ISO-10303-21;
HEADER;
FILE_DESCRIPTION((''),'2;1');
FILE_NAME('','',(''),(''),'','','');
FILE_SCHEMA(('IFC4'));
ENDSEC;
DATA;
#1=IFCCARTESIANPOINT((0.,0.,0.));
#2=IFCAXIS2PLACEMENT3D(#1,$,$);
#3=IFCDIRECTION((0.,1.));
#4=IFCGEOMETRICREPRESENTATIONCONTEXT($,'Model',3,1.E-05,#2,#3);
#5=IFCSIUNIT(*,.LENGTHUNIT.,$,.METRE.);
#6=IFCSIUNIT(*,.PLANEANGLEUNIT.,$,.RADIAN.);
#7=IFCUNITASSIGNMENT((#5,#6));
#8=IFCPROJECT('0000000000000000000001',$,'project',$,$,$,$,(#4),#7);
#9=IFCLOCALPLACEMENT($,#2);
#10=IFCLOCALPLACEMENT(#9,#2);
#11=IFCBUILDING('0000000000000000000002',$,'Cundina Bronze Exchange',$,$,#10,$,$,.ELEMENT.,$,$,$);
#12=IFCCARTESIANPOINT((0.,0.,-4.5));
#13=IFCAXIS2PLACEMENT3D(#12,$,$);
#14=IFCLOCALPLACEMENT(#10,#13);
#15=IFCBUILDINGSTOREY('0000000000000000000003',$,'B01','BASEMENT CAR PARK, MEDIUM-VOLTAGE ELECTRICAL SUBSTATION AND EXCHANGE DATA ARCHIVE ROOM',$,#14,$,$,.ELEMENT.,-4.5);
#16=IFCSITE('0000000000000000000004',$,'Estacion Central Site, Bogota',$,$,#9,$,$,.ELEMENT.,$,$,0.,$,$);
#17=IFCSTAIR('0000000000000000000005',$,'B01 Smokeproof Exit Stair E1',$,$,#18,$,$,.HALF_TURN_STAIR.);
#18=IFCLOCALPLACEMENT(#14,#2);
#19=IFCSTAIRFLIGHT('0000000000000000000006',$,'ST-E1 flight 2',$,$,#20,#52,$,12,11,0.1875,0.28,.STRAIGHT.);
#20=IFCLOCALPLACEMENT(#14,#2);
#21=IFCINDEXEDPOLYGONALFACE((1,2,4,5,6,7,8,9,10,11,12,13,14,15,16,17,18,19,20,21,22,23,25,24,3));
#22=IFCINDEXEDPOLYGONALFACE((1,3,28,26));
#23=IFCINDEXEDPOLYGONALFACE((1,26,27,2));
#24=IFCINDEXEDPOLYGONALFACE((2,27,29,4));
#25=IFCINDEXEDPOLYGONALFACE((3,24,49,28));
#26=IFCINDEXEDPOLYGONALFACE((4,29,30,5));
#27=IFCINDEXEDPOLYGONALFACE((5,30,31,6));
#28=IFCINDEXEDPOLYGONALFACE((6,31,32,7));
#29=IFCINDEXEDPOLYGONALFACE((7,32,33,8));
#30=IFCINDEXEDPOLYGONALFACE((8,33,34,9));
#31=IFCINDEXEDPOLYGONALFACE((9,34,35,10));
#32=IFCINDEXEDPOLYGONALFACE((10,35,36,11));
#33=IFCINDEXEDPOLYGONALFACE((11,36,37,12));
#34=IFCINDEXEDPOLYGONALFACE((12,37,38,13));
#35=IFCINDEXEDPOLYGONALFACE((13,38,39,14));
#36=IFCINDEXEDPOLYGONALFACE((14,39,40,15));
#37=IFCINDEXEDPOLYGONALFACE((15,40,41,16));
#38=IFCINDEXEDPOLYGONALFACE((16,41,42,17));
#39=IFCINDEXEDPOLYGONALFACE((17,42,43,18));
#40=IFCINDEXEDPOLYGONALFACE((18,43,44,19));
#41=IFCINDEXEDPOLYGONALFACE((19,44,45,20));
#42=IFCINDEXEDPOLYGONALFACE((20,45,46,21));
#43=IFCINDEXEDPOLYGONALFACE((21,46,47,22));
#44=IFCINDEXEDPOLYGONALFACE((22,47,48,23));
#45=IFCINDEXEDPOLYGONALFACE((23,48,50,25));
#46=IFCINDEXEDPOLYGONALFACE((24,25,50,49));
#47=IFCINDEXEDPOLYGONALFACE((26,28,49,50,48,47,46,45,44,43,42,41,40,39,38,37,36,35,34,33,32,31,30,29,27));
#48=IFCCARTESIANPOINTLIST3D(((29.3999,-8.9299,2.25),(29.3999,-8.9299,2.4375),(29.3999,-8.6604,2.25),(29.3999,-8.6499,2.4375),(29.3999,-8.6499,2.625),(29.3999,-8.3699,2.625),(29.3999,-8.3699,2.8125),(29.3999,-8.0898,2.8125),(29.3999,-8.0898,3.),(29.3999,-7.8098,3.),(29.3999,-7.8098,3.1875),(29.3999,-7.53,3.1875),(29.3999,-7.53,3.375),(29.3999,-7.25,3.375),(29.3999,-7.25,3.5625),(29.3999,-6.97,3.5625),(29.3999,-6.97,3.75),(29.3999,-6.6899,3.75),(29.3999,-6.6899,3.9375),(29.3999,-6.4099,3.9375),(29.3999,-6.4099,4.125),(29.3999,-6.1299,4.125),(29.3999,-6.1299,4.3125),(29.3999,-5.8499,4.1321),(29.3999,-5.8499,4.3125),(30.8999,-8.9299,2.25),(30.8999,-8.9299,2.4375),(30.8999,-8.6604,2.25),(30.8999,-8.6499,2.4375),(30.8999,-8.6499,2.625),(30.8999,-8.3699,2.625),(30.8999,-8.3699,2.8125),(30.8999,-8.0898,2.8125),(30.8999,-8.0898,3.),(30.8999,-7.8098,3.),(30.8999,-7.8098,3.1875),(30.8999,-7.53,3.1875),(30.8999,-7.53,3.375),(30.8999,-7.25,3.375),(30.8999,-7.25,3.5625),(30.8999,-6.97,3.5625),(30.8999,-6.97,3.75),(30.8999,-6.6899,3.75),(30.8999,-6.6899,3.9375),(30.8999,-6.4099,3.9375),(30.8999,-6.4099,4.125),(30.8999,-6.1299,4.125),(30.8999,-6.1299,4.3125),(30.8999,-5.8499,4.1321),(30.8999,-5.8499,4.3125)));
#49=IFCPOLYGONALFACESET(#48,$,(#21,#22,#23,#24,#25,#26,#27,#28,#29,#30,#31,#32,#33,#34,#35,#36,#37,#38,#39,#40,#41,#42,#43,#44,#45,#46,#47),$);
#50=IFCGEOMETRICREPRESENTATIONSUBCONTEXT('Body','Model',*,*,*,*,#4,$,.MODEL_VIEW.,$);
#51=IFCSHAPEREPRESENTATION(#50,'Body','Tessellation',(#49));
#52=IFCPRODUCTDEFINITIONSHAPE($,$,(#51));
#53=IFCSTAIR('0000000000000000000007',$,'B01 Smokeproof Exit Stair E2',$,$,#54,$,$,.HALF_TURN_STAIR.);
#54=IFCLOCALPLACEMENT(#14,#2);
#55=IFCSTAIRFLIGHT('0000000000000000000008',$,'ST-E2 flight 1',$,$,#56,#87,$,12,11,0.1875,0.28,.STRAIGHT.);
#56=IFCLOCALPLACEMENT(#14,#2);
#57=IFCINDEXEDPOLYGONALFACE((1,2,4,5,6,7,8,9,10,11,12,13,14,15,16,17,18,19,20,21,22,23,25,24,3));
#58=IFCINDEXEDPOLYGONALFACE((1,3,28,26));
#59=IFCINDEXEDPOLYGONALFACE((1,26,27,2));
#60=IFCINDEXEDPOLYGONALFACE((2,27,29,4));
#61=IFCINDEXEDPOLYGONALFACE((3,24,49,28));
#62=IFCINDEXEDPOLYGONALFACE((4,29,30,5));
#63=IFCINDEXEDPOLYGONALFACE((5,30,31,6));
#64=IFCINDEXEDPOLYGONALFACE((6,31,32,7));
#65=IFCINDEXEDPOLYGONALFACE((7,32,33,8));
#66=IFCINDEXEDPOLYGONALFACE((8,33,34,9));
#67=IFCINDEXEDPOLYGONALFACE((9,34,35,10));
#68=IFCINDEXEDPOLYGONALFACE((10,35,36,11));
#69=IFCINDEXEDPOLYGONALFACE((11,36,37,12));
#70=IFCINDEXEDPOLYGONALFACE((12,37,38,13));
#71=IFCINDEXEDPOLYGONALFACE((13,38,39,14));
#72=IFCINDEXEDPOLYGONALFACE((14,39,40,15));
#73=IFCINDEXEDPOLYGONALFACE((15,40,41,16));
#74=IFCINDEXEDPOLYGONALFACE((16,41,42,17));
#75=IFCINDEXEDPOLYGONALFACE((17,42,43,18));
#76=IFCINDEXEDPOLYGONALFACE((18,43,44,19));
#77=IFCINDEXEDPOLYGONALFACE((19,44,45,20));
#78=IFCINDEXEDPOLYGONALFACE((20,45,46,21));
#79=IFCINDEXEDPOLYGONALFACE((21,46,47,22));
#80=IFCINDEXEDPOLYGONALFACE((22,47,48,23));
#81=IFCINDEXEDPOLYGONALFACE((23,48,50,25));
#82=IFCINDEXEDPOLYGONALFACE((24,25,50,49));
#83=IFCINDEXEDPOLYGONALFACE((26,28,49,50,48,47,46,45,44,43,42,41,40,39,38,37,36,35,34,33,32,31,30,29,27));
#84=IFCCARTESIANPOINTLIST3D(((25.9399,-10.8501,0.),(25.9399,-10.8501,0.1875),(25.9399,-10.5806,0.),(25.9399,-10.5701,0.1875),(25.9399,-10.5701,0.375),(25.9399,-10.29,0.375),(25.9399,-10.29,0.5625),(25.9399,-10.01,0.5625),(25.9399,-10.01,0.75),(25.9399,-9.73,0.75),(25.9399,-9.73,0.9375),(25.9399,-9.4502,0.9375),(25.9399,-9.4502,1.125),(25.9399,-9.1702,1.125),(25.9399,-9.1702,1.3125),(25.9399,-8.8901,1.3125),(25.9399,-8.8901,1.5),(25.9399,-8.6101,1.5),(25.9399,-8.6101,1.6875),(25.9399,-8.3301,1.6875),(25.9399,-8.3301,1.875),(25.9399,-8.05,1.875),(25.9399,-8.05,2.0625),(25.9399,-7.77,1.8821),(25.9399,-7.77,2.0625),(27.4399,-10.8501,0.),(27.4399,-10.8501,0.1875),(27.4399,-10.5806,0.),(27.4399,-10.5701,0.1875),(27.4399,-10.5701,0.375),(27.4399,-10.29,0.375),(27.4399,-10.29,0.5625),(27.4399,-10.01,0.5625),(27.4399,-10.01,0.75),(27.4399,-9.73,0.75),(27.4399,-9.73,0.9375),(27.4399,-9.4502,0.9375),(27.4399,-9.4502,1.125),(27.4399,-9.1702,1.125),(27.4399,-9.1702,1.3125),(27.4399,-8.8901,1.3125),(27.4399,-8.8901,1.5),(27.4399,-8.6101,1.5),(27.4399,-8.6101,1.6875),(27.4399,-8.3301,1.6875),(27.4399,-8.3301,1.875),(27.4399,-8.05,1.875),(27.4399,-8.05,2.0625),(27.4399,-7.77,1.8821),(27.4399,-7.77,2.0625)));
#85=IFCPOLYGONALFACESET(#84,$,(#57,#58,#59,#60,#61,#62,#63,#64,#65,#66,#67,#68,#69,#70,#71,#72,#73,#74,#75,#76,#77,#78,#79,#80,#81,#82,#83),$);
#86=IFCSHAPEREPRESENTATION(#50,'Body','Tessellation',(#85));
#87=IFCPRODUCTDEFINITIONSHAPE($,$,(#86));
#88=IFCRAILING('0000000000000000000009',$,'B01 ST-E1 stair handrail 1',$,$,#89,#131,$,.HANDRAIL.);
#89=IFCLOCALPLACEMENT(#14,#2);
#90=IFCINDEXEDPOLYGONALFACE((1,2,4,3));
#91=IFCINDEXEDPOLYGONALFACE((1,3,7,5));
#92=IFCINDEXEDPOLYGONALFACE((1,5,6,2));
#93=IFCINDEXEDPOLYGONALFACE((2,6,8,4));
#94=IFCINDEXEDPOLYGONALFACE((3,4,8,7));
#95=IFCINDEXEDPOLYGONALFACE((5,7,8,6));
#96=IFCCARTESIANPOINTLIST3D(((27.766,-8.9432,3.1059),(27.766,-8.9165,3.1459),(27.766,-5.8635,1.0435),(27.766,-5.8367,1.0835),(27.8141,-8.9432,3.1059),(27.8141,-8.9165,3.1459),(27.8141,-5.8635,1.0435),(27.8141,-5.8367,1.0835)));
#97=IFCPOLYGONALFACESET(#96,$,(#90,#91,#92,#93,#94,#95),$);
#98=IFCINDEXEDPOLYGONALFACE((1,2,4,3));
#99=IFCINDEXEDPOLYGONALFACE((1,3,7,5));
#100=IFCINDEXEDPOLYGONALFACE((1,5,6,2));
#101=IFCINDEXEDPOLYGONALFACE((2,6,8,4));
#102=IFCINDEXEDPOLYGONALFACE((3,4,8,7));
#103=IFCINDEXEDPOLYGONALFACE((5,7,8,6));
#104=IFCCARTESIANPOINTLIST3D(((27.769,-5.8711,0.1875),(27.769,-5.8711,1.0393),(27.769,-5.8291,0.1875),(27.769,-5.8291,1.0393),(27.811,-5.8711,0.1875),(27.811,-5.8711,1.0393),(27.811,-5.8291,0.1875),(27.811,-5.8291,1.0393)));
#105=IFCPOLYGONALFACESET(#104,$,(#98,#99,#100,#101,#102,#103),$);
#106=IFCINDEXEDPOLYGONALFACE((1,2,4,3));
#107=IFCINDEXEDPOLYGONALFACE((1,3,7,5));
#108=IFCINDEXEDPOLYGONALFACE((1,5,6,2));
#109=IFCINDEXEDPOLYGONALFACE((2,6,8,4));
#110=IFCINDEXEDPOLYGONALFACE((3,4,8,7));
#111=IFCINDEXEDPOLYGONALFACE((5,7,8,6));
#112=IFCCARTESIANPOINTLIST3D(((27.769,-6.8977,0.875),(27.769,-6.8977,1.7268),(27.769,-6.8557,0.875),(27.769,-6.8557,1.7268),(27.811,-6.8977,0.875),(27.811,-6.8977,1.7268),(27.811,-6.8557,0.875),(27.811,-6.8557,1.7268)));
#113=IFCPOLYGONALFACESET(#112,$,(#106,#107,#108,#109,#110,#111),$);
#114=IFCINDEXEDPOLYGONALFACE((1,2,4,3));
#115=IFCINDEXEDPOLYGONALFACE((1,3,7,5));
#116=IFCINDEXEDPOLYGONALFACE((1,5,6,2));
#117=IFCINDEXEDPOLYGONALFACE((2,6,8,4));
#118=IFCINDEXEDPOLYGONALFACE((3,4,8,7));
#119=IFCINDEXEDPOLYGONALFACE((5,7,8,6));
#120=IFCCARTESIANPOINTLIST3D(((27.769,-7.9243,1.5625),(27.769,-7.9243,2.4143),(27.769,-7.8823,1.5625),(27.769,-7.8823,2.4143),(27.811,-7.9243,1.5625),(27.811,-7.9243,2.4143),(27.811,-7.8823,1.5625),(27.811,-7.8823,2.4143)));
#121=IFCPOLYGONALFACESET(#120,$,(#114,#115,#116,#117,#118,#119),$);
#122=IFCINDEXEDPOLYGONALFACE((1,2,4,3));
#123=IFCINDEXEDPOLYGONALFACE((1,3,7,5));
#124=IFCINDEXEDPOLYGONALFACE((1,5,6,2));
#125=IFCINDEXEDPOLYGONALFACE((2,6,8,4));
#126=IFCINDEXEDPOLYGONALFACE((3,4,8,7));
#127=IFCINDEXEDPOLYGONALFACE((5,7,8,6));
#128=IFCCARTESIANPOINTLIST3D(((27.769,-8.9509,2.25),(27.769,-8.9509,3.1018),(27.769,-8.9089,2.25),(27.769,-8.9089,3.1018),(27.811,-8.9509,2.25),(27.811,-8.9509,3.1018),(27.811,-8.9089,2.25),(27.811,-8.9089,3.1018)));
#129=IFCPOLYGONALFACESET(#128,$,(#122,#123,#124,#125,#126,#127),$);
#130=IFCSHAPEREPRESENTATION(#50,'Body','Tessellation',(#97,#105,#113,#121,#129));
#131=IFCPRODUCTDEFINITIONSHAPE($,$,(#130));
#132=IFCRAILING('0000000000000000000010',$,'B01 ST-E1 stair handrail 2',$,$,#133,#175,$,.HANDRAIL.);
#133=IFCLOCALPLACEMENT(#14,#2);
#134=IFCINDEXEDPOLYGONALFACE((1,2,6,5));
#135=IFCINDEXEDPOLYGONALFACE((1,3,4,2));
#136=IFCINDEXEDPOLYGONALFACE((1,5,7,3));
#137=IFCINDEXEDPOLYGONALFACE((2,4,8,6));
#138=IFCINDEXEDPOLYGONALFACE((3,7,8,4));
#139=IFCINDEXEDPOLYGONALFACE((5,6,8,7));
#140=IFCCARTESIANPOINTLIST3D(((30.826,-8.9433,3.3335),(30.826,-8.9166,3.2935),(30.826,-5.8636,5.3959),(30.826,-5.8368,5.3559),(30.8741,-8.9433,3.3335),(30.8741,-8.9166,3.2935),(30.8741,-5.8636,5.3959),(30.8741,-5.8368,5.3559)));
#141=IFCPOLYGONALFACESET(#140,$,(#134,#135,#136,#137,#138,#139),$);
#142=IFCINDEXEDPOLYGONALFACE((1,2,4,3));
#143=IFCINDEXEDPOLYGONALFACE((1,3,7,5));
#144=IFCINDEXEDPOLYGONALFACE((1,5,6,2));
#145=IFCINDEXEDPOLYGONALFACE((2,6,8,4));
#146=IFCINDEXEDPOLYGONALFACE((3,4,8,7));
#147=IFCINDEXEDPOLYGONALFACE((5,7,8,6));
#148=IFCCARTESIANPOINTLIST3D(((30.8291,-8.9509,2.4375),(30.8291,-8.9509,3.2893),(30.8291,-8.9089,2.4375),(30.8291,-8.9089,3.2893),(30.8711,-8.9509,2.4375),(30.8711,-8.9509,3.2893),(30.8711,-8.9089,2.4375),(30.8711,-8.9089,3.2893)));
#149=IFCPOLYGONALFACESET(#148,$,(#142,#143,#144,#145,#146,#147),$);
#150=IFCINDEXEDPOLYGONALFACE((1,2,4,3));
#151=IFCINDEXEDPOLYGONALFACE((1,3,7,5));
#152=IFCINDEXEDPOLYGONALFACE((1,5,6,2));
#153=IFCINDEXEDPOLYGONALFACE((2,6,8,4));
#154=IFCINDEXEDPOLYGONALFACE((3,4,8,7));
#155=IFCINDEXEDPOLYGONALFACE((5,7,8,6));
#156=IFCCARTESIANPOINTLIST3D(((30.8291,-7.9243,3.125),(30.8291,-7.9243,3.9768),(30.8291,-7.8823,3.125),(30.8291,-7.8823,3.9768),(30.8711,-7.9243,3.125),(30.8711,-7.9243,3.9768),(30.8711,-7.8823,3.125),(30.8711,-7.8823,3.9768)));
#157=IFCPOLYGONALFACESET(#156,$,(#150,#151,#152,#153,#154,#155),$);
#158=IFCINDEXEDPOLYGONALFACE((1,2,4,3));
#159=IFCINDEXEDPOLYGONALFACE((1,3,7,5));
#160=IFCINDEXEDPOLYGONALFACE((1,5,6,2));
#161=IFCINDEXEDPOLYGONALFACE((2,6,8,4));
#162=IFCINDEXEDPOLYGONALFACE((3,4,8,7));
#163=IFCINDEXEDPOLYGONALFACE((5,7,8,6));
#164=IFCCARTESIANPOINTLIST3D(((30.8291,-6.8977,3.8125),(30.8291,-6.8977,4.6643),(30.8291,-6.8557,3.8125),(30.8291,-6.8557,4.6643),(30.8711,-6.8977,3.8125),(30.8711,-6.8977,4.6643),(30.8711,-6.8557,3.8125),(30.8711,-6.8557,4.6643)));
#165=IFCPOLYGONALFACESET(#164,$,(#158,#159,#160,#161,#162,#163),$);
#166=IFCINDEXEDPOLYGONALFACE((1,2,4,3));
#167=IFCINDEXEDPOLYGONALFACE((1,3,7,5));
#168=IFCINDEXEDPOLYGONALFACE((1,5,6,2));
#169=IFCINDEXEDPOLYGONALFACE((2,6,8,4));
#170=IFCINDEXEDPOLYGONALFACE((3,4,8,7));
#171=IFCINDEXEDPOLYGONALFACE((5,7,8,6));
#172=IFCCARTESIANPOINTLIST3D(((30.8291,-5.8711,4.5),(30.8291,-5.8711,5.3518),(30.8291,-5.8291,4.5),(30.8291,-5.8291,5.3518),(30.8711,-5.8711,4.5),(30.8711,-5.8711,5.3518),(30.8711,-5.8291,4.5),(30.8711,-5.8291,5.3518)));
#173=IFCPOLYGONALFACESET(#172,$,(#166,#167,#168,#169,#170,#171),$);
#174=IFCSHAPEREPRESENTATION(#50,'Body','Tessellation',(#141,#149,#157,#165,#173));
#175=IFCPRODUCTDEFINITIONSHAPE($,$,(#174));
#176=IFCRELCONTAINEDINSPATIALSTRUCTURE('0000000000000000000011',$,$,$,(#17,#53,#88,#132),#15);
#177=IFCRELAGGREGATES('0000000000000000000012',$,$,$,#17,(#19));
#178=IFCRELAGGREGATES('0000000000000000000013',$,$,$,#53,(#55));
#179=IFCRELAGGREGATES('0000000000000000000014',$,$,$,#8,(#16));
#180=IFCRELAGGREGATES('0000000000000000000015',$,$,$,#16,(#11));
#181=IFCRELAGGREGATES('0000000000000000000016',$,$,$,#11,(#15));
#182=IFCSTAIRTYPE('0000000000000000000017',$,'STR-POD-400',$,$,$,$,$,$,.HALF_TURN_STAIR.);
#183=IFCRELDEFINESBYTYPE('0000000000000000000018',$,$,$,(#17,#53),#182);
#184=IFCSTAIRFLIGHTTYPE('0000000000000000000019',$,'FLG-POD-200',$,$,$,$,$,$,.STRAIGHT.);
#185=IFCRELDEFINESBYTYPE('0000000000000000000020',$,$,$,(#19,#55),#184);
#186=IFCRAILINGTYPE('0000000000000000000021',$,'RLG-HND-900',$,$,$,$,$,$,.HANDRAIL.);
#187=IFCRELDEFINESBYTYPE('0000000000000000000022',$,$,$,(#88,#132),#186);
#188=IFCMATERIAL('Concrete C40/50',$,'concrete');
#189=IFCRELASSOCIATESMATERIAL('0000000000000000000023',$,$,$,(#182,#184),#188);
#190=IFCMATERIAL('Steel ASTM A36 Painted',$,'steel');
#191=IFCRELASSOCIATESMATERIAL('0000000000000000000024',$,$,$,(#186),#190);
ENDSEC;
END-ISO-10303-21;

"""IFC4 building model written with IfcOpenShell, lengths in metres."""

from ifc_helpers import new_model, si_unit, direction, frame, origin, origin_2d, place, context, subcontext, project, spatial, polyline, rectangle, outline, extrude, material, type_object, element, aggregate, save


model = new_model("IFC4")

# Units and contexts
model_context = context("Model", 3, precision=1e-05, world=origin(), true_north=direction((0.0, 1.0)))
body_context = subcontext(model_context, "Body", "Model", "MODEL_VIEW")
ifc_project = project(units=[si_unit("LENGTHUNIT", "METRE"), si_unit("PLANEANGLEUNIT", "RADIAN")], contexts=[model_context])

# Site, building, storey
site_placement = place(None, origin())
site = spatial("IfcSite", under=ifc_project, at=site_placement, Name="Estacion Central Site, Bogota", CompositionType="ELEMENT", RefElevation=0.0)
building_placement = place(site_placement, origin())
building = spatial("IfcBuilding", under=site, at=building_placement, Name="Cundina Bronze Exchange", CompositionType="ELEMENT")
storey_placement = place(building_placement, frame((0.0, 0.0, -4.5)))
storey = spatial("IfcBuildingStorey", under=building, at=storey_placement, Name="B01", Description="BASEMENT CAR PARK, MEDIUM-VOLTAGE ELECTRICAL SUBSTATION AND EXCHANGE DATA ARCHIVE ROOM", CompositionType="ELEMENT", Elevation=-4.5)

# Shared definitions
ifc_material_1 = material(Name="Steel ASTM A36 Painted", Category="steel")

# Shared definitions
ifc_material_2 = material(Name="Concrete C40/50", Category="concrete")

# Stair, stair flight
stair_type = type_object("IfcStairType", Name="STR-POD-400", PredefinedType="HALF_TURN_STAIR", material=ifc_material_2)
stair_1_placement = place(storey_placement, origin())
stair_1 = element("IfcStair", 1, at=stair_1_placement, inside=storey, type_object=stair_type, Name="B01 Smokeproof Exit Stair E1", PredefinedType="HALF_TURN_STAIR")
stair_flight_type = type_object("IfcStairFlightType", Name="FLG-POD-200", PredefinedType="STRAIGHT", material=ifc_material_2)
stair_flight_1_placement = place(storey_placement, frame((30.1499, -8.9299, 2.25), z_axis=(0.0, 0.0, 1.0), x_axis=(0.0, 1.0, 0.0)))
stair_flight_1 = element("IfcStairFlight", 2, at=stair_flight_1_placement, type_object=stair_flight_type, Name="ST-E1 flight 2", NumberOfRisers=12, NumberOfTreads=11, PredefinedType="STRAIGHT", RiserHeight=0.1875, TreadLength=0.28, context=body_context, shape_type="SweptSolid", body=[
    extrude(outline(polyline([(0.0, 0.0), (0.0, 0.1875), (0.28, 0.1875), (0.28, 0.375), (0.5601, 0.375), (0.5601, 0.5625), (0.8401, 0.5625), (0.8401, 0.75), (1.1201, 0.75), (1.1201, 0.9375), (1.3999, 0.9375), (1.3999, 1.125), (1.6799, 1.125), (1.6799, 1.3125), (1.96, 1.3125), (1.96, 1.5), (2.24, 1.5), (2.24, 1.6875), (2.52, 1.6875), (2.52, 1.875), (2.8, 1.875), (2.8, 2.0625), (3.0801, 2.0625), (3.0801, 2.25), (3.0801, 1.8821), (0.2695, 0.0), (0.0, 0.0)])), frame((0.0, 0.75, 0.0), z_axis=(0.0, -1.0, 0.0), x_axis=(1.0, 0.0, 0.0)), (0.0, 0.0, 1.0), 1.5),
])
aggregate(stair_1, [stair_flight_1])

# Stair, stair flight
stair_2_placement = place(storey_placement, origin())
stair_2 = element("IfcStair", 3, at=stair_2_placement, inside=storey, type_object=stair_type, Name="B01 Smokeproof Exit Stair E2", PredefinedType="HALF_TURN_STAIR")
stair_flight_2_placement = place(storey_placement, frame((26.6899, -10.8501, 0.0), z_axis=(0.0, 0.0, 1.0), x_axis=(0.0, 1.0, 0.0)))
stair_flight_2 = element("IfcStairFlight", 4, at=stair_flight_2_placement, type_object=stair_flight_type, Name="ST-E2 flight 1", NumberOfRisers=12, NumberOfTreads=11, PredefinedType="STRAIGHT", RiserHeight=0.1875, TreadLength=0.28, context=body_context, shape_type="SweptSolid", body=[
    extrude(outline(polyline([(0.0, 0.0), (0.0, 0.1875), (0.28, 0.1875), (0.28, 0.375), (0.5601, 0.375), (0.5601, 0.5625), (0.8401, 0.5625), (0.8401, 0.75), (1.1201, 0.75), (1.1201, 0.9375), (1.3999, 0.9375), (1.3999, 1.125), (1.6799, 1.125), (1.6799, 1.3125), (1.96, 1.3125), (1.96, 1.5), (2.24, 1.5), (2.24, 1.6875), (2.52, 1.6875), (2.52, 1.875), (2.8, 1.875), (2.8, 2.0625), (3.0801, 2.0625), (3.0801, 2.25), (3.0801, 1.8821), (0.2695, 0.0), (0.0, 0.0)])), frame((0.0, 0.75, 0.0), z_axis=(0.0, -1.0, 0.0), x_axis=(1.0, 0.0, 0.0)), (0.0, 0.0, 1.0), 1.5),
])
aggregate(stair_2, [stair_flight_2])

# Railings
railing_type_1 = type_object("IfcRailingType", Name="RLG-HND-900", PredefinedType="HANDRAIL", material=ifc_material_1)
railing_1_placement = place(storey_placement, frame((27.79, -5.8501, 0.1875)))
element("IfcRailing", 5, at=railing_1_placement, inside=storey, type_object=railing_type_1, Name="B01 ST-E1 stair handrail 1", PredefinedType="HANDRAIL", context=body_context, shape_type="SweptSolid", body=[
    extrude(rectangle(XDim=0.0481, YDim=0.0481, at=origin_2d()), frame((0.0, 0.0, 0.876), z_axis=(0.0, -0.830893, 0.556432), x_axis=(1.0, 0.0, 0.0)), (0.0, 0.0, 1.0), 3.7065),
    extrude(rectangle(XDim=0.042, YDim=0.042, at=origin_2d()), origin(), (0.0, 0.0, 1.0), 0.8518),
    extrude(rectangle(XDim=0.042, YDim=0.042, at=origin_2d()), frame((0.0, -1.0266, 0.6875)), (0.0, 0.0, 1.0), 0.8518),
    extrude(rectangle(XDim=0.042, YDim=0.042, at=origin_2d()), frame((0.0, -2.0532, 1.375)), (0.0, 0.0, 1.0), 0.8518),
    extrude(rectangle(XDim=0.042, YDim=0.042, at=origin_2d()), frame((0.0, -3.0798, 2.0625)), (0.0, 0.0, 1.0), 0.8518),
])
railing_2_placement = place(storey_placement, frame((30.8501, -8.9299, 2.4375)))
element("IfcRailing", 6, at=railing_2_placement, inside=storey, type_object=railing_type_1, Name="B01 ST-E1 stair handrail 2", PredefinedType="HANDRAIL", context=body_context, shape_type="SweptSolid", body=[
    extrude(rectangle(XDim=0.0481, YDim=0.0481, at=origin_2d()), frame((0.0, 0.0, 0.876), z_axis=(0.0, 0.830893, 0.556432), x_axis=(-1.0, 0.0, 0.0)), (0.0, 0.0, 1.0), 3.7065),
    extrude(rectangle(XDim=0.042, YDim=0.042, at=origin_2d()), origin(), (0.0, 0.0, 1.0), 0.8518),
    extrude(rectangle(XDim=0.042, YDim=0.042, at=origin_2d()), frame((0.0, 1.0266, 0.6875)), (0.0, 0.0, 1.0), 0.8518),
    extrude(rectangle(XDim=0.042, YDim=0.042, at=origin_2d()), frame((0.0, 2.0532, 1.375)), (0.0, 0.0, 1.0), 0.8518),
    extrude(rectangle(XDim=0.042, YDim=0.042, at=origin_2d()), frame((0.0, 3.0798, 2.0625)), (0.0, 0.0, 1.0), 0.8518),
])

save(model, "model.ifc")
